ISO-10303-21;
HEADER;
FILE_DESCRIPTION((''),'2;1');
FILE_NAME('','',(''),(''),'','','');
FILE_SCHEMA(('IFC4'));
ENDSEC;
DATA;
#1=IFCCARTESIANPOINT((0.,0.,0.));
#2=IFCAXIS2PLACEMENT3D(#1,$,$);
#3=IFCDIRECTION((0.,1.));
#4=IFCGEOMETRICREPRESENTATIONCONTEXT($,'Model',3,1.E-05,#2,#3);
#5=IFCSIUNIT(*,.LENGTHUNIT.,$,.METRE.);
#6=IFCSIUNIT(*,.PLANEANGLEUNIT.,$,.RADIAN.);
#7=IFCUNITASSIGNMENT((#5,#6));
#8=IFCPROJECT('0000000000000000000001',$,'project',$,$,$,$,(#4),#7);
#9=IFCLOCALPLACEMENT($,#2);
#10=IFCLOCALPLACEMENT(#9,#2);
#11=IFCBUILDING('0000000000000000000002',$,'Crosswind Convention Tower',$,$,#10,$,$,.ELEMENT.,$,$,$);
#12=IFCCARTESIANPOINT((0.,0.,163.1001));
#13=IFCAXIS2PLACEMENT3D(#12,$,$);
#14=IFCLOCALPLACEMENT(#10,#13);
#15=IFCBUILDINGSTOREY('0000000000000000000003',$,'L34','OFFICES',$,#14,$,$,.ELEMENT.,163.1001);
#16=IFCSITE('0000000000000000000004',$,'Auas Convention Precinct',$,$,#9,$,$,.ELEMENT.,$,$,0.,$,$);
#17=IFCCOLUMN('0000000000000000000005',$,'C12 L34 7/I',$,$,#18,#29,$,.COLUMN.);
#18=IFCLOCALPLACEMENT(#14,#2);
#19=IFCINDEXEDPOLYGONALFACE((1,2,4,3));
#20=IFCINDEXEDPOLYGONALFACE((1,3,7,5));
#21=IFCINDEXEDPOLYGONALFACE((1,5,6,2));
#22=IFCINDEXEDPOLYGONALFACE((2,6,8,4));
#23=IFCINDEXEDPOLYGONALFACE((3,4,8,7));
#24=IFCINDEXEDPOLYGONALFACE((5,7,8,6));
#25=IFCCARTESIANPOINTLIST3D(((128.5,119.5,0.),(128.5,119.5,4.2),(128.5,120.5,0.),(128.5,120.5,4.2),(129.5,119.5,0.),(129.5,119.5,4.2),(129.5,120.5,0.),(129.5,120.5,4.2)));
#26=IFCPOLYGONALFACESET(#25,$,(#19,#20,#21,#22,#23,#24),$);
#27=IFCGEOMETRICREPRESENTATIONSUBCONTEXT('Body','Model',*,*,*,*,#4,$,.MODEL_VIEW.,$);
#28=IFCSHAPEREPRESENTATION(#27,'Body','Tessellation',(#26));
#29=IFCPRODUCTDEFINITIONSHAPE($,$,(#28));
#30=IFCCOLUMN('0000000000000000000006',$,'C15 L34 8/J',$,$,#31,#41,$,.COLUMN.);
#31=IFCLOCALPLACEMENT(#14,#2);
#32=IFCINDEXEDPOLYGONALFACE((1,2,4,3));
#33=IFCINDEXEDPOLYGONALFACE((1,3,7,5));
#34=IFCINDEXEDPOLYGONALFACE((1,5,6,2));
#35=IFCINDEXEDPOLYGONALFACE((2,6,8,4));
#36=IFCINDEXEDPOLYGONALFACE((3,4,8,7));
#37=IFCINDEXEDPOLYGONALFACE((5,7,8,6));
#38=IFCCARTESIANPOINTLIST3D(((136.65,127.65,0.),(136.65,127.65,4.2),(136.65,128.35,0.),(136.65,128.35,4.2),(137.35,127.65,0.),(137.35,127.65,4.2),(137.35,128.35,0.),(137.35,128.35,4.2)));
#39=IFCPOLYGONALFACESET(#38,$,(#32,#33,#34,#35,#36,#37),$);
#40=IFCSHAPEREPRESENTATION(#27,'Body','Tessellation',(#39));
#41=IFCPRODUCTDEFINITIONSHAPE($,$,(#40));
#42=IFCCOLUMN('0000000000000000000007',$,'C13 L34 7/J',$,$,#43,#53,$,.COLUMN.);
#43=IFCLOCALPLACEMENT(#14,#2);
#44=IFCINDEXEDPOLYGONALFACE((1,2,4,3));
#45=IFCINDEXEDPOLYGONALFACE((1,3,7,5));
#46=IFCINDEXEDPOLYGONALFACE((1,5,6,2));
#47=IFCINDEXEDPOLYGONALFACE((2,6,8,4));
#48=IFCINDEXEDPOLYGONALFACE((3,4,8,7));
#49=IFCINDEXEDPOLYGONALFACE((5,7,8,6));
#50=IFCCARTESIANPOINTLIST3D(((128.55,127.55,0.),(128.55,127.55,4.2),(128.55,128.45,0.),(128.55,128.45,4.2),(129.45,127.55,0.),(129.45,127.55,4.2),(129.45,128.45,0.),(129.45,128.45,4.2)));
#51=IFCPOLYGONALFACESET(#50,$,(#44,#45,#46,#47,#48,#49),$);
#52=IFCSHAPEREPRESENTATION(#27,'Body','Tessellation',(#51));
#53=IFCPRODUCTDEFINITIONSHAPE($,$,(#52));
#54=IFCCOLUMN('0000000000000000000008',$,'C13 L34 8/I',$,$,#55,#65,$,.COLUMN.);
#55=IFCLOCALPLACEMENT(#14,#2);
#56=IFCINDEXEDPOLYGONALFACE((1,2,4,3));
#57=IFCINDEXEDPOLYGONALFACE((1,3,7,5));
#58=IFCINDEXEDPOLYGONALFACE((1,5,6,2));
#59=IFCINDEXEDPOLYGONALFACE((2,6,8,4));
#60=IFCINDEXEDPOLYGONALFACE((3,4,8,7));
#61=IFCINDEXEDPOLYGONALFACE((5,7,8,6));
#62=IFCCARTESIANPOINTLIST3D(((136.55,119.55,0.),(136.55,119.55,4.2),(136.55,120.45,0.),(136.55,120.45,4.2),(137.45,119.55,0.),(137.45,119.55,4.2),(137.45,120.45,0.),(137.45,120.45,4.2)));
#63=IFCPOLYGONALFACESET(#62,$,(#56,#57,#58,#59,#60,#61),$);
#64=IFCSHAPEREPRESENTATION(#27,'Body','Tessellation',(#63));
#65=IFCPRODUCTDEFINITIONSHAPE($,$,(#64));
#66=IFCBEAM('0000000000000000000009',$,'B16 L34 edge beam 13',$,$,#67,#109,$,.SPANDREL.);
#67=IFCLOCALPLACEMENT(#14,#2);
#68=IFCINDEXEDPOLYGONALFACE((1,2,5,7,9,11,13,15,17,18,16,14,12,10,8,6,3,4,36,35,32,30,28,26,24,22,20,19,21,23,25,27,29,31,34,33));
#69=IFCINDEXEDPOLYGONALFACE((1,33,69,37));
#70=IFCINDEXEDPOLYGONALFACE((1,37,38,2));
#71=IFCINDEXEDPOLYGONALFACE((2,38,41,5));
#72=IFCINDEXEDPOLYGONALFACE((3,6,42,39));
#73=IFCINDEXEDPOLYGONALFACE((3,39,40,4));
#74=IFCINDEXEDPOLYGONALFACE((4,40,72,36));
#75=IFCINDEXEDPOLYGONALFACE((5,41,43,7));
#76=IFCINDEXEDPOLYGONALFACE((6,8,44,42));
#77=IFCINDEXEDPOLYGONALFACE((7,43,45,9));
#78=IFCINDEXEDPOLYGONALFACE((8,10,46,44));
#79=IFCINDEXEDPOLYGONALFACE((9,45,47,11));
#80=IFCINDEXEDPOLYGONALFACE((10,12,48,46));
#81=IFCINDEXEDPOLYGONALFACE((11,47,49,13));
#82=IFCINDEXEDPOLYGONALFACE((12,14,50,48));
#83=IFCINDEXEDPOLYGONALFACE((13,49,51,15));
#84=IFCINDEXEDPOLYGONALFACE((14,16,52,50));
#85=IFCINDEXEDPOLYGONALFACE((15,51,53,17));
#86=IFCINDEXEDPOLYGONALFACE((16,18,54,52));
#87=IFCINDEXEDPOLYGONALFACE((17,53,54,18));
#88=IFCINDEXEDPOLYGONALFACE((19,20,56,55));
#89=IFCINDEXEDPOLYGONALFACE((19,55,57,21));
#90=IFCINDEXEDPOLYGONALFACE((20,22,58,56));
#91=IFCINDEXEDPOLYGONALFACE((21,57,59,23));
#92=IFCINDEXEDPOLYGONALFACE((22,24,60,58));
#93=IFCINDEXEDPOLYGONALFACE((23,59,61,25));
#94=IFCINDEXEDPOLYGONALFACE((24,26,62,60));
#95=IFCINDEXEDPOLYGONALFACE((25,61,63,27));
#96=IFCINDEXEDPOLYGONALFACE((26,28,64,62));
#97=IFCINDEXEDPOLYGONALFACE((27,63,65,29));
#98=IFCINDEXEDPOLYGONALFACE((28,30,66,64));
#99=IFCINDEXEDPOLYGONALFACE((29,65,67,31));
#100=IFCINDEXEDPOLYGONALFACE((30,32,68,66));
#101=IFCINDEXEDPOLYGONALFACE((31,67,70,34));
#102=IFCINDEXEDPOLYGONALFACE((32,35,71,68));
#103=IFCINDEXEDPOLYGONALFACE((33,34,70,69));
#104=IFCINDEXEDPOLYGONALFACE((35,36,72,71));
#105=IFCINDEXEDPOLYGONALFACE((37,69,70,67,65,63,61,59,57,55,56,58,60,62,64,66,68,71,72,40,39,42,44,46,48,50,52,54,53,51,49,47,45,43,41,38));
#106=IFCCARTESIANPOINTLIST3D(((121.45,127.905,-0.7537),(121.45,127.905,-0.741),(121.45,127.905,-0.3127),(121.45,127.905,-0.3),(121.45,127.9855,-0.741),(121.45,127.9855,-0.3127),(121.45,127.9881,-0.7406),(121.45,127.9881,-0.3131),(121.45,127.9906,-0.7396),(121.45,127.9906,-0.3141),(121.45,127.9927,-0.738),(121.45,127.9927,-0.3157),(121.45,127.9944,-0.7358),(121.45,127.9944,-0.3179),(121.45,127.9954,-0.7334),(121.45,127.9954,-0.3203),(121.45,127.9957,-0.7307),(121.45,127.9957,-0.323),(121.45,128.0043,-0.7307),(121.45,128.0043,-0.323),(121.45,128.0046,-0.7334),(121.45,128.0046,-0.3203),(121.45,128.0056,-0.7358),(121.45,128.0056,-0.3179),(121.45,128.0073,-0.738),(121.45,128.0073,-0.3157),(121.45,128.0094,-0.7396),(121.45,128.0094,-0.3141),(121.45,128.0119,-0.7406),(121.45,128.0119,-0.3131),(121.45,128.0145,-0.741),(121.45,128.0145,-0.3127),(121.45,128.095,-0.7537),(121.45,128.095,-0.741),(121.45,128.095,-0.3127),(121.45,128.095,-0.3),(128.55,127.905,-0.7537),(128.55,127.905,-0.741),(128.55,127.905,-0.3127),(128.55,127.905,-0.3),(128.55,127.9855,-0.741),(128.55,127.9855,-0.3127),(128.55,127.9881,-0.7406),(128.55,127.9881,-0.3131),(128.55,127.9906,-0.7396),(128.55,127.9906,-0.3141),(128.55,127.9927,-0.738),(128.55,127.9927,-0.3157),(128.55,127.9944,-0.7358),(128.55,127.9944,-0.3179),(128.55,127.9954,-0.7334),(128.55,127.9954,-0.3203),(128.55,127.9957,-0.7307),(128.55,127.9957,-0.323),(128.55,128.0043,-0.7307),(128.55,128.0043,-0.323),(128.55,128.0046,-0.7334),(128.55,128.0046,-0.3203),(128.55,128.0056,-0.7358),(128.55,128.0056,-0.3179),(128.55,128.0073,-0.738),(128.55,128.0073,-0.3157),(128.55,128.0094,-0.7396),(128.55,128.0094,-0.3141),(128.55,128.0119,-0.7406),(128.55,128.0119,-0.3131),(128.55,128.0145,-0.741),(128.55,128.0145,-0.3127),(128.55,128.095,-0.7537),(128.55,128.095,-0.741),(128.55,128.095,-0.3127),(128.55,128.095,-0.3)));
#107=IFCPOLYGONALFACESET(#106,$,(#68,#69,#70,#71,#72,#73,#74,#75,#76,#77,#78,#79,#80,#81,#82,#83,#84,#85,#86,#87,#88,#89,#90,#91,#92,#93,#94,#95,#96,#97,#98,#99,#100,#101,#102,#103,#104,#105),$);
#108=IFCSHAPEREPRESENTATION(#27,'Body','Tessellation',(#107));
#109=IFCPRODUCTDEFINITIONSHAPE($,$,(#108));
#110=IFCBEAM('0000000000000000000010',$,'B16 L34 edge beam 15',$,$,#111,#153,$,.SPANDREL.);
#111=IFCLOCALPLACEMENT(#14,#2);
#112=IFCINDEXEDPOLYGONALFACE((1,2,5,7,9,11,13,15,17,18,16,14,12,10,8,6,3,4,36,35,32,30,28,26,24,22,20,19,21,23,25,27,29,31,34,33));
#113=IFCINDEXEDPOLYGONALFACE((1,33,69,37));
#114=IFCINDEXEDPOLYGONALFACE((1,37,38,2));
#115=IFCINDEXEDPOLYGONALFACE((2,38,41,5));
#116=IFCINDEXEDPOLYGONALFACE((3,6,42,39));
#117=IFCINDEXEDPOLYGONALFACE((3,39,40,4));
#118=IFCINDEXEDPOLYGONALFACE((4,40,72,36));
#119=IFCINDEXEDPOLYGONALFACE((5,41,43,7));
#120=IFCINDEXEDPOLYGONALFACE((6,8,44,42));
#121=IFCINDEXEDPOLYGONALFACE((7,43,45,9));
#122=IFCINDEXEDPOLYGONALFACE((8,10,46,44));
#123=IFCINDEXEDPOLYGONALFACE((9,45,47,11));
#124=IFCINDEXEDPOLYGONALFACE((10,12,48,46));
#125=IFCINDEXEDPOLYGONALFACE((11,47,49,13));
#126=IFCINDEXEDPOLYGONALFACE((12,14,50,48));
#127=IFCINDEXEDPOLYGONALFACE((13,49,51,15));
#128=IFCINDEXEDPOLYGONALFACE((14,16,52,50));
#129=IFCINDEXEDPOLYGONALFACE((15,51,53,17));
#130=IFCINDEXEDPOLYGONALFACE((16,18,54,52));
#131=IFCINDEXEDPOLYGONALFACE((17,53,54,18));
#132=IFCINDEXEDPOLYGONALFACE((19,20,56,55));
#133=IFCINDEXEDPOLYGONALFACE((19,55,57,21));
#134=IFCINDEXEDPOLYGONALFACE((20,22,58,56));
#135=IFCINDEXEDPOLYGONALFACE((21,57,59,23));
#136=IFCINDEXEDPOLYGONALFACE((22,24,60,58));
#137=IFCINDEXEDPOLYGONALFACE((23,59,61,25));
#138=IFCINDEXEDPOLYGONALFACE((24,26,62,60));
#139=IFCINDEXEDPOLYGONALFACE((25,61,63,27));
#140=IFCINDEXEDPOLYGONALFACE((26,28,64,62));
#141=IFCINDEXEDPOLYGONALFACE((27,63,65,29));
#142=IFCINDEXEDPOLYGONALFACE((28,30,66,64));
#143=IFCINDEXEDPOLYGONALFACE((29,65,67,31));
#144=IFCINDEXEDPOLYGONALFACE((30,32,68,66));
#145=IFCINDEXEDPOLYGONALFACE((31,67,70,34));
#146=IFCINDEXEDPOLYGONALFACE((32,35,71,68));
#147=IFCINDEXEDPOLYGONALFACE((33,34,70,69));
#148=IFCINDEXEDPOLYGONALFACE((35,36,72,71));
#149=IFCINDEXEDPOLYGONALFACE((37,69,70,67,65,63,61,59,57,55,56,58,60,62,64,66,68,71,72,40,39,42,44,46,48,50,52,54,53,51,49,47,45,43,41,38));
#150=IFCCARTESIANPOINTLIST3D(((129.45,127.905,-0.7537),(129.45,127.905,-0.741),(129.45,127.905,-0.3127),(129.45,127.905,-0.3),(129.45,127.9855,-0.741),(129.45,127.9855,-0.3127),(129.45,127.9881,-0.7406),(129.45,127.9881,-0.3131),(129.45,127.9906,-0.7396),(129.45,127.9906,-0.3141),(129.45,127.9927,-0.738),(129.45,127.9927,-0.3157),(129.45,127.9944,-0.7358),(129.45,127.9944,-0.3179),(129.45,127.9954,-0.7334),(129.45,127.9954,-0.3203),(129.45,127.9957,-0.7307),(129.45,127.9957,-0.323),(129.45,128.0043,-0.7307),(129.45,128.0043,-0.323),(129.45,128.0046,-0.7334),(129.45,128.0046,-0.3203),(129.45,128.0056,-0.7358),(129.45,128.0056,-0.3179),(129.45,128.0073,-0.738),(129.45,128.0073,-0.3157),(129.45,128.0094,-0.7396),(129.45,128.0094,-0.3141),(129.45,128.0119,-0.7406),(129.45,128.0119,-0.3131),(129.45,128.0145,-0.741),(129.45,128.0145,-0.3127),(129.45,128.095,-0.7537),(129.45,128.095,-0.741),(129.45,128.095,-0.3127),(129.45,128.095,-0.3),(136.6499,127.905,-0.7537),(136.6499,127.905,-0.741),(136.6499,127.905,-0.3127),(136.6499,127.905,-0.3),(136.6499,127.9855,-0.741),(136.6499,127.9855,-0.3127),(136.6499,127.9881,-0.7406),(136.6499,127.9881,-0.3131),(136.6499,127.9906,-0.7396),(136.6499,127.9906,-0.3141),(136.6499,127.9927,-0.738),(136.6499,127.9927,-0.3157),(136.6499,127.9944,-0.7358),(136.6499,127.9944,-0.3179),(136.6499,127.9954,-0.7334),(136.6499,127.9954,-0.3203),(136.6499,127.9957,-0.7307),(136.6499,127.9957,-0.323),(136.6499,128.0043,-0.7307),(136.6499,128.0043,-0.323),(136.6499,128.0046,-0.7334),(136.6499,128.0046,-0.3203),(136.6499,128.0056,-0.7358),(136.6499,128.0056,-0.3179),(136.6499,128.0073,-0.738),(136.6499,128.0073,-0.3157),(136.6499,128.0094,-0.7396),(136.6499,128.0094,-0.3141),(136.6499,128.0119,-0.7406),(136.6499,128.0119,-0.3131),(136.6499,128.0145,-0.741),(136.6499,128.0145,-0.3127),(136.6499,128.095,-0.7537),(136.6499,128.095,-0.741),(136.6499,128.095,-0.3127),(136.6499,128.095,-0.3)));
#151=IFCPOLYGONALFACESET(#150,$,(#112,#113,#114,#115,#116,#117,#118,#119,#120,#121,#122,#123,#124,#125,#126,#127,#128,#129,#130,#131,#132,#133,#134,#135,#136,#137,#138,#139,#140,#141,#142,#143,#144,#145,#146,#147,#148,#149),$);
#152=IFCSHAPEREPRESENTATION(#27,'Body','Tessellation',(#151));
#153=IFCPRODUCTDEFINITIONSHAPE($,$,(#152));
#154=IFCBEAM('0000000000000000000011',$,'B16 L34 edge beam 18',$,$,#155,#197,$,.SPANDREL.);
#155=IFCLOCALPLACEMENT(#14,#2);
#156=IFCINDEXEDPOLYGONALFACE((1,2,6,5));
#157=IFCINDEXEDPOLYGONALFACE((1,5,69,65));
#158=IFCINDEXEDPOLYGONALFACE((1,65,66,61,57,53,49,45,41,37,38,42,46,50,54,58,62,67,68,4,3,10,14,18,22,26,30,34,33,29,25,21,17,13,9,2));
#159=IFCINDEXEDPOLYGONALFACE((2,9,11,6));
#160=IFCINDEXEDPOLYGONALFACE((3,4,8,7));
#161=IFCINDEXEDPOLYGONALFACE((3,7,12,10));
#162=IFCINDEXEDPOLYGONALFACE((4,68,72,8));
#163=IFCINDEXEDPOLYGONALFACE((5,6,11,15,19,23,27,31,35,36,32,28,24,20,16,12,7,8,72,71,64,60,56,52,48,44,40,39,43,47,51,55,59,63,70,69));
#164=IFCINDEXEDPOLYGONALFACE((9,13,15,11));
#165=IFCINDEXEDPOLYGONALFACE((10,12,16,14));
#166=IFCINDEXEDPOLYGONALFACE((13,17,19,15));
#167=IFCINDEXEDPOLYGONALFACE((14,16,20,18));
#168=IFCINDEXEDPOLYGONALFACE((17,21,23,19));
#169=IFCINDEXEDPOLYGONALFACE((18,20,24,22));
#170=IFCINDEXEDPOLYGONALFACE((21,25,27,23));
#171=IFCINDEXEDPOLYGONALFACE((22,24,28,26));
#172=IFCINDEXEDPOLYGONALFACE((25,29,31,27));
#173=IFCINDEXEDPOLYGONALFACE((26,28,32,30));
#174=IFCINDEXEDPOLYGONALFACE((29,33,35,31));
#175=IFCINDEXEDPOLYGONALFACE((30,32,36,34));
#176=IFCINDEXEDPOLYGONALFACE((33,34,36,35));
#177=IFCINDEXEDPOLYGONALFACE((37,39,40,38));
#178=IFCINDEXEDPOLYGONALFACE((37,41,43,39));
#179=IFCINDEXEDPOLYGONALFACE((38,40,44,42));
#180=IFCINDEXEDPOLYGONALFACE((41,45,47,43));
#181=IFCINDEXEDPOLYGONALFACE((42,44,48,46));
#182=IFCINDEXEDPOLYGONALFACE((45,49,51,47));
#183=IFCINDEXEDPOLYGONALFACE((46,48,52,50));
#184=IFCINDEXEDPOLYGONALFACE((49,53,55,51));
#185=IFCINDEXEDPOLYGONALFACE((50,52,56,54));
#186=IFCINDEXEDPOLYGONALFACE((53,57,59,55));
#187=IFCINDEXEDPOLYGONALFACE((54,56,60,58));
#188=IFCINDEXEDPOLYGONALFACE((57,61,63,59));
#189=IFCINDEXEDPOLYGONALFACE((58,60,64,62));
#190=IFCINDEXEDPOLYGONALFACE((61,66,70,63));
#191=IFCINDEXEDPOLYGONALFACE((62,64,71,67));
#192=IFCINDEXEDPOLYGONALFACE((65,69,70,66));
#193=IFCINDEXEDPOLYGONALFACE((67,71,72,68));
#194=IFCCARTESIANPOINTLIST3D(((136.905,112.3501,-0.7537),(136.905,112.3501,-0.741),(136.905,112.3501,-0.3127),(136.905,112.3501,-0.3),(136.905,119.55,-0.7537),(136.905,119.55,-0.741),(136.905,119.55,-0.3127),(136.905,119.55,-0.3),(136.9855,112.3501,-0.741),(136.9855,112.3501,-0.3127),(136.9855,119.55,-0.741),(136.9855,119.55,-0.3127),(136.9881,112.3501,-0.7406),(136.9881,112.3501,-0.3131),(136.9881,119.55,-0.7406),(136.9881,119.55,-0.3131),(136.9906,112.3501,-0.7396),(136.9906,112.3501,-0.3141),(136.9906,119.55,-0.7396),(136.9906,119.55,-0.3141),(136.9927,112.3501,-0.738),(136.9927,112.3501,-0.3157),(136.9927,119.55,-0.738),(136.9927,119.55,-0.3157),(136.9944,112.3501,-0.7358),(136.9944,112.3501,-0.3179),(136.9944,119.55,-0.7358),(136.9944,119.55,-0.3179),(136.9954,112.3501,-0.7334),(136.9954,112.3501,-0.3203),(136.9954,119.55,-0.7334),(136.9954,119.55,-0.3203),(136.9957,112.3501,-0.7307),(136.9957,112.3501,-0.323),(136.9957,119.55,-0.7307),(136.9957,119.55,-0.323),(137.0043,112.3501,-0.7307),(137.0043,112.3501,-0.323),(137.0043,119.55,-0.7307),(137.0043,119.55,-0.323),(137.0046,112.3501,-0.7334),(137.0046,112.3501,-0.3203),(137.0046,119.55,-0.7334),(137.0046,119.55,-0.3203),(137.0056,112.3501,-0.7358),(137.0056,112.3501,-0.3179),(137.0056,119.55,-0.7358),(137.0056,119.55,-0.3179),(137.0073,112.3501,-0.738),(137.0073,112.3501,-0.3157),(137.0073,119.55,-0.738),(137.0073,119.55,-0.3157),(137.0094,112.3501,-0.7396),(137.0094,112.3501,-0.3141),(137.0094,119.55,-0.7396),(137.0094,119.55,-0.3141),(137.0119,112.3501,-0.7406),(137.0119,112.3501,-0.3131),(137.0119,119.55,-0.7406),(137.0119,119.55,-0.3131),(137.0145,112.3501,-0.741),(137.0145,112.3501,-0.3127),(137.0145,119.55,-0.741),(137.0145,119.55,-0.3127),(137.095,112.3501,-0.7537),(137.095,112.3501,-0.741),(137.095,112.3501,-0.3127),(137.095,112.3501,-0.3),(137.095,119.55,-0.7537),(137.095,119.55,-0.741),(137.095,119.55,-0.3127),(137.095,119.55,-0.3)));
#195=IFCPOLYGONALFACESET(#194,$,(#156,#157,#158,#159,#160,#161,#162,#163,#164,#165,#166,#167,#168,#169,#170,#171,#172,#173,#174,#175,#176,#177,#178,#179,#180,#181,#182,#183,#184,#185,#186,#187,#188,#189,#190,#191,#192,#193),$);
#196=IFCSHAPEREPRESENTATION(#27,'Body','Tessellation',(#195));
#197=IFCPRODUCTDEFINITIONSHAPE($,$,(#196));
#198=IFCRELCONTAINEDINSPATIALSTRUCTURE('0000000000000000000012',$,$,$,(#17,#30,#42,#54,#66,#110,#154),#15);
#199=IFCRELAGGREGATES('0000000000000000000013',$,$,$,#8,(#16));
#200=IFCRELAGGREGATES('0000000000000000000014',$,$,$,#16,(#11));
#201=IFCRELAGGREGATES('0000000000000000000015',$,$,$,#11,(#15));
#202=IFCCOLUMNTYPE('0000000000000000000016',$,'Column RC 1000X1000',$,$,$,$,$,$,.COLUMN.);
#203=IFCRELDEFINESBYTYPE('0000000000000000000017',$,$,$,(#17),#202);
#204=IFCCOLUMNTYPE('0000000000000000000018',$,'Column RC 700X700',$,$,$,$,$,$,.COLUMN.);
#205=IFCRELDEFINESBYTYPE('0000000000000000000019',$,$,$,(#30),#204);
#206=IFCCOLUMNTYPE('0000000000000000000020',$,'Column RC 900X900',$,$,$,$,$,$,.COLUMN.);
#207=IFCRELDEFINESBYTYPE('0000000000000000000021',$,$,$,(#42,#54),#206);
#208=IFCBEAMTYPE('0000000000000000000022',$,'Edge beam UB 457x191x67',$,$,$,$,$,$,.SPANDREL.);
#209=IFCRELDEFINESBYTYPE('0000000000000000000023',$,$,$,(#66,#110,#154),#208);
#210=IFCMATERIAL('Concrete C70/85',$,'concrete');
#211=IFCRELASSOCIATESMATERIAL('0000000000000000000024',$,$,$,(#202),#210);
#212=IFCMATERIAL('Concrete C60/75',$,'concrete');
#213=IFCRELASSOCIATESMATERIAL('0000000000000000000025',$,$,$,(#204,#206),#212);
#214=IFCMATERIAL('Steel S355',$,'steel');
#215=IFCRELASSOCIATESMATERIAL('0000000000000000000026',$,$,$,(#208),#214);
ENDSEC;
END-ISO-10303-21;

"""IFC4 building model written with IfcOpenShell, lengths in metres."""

from ifc_helpers import new_model, si_unit, direction, frame, origin, origin_2d, place, context, subcontext, project, spatial, rectangle, i_section, extrude, material, material_profile, profile_set, type_object, element, save


model = new_model("IFC4")

# Units and contexts
model_context = context("Model", 3, precision=1e-05, world=origin(), true_north=direction((0.0, 1.0)))
body_context = subcontext(model_context, "Body", "Model", "MODEL_VIEW")
ifc_project = project(units=[si_unit("LENGTHUNIT", "METRE"), si_unit("PLANEANGLEUNIT", "RADIAN")], contexts=[model_context])

# Site, building, storey
site_placement = place(None, origin())
site = spatial("IfcSite", under=ifc_project, at=site_placement, Name="Auas Convention Precinct", CompositionType="ELEMENT", RefElevation=0.0)
building_placement = place(site_placement, origin())
building = spatial("IfcBuilding", under=site, at=building_placement, Name="Crosswind Convention Tower", CompositionType="ELEMENT")
storey_placement = place(building_placement, frame((0.0, 0.0, 163.1001)))
storey = spatial("IfcBuildingStorey", under=building, at=storey_placement, Name="L34", Description="OFFICES", CompositionType="ELEMENT", Elevation=163.1001)

# Columns
ifc_material_1 = material(Name="Concrete C70/85", Category="concrete")
ifc_material_profile_1 = material_profile(ifc_material_1, rectangle(XDim=1.0, YDim=1.0, at=origin_2d()), Name="RC 1000X1000")
ifc_profile_set_1 = profile_set([ifc_material_profile_1], Name="Concrete C70/85")
column_type_1 = type_object("IfcColumnType", Name="Column RC 1000X1000", PredefinedType="COLUMN", material=ifc_profile_set_1)
column_1_placement = place(storey_placement, frame((129.0, 120.0, 0.0), z_axis=(0.0, 0.0, 1.0), x_axis=(1.0, 0.0, 0.0)))
element("IfcColumn", 1, at=column_1_placement, inside=storey, type_object=column_type_1, Name="C12 L34 7/I", PredefinedType="COLUMN", context=body_context, shape_type="SweptSolid", body=[
    extrude(rectangle(XDim=1.0, YDim=1.0, at=origin_2d()), origin(), (0.0, 0.0, 1.0), 4.2),
])
ifc_material_2 = material(Name="Concrete C60/75", Category="concrete")
ifc_material_profile_2 = material_profile(ifc_material_2, rectangle(XDim=0.7, YDim=0.7, at=origin_2d()), Name="RC 700X700")
ifc_profile_set_2 = profile_set([ifc_material_profile_2], Name="Concrete C60/75")
column_type_2 = type_object("IfcColumnType", Name="Column RC 700X700", PredefinedType="COLUMN", material=ifc_profile_set_2)
column_2_placement = place(storey_placement, frame((137.0, 128.0, 0.0), z_axis=(0.0, 0.0, 1.0), x_axis=(1.0, 0.0, 0.0)))
element("IfcColumn", 2, at=column_2_placement, inside=storey, type_object=column_type_2, Name="C15 L34 8/J", PredefinedType="COLUMN", context=body_context, shape_type="SweptSolid", body=[
    extrude(rectangle(XDim=0.7, YDim=0.7, at=origin_2d()), origin(), (0.0, 0.0, 1.0), 4.2),
])
ifc_material_profile_3 = material_profile(ifc_material_2, rectangle(XDim=0.8999, YDim=0.8999, at=origin_2d()), Name="RC 900X900")
ifc_profile_set_3 = profile_set([ifc_material_profile_3], Name="Concrete C60/75")
column_type_3 = type_object("IfcColumnType", Name="Column RC 900X900", PredefinedType="COLUMN", material=ifc_profile_set_3)
for number, where, z_axis, x_axis, name in (
    (3, (129.0, 128.0, 0.0), (0.0, 0.0, 1.0), (1.0, 0.0, 0.0), "C13 L34 7/J"),
    (4, (137.0, 120.0, 0.0), (0.0, 0.0, 1.0), (1.0, 0.0, 0.0), "C13 L34 8/I"),
):
    element("IfcColumn", number, at=place(storey_placement, frame(where, z_axis=z_axis, x_axis=x_axis)), inside=storey, type_object=column_type_3, Name=name, PredefinedType="COLUMN", context=body_context, shape_type="SweptSolid", body=[
        extrude(rectangle(XDim=0.8999, YDim=0.8999, at=origin_2d()), origin(), (0.0, 0.0, 1.0), 4.2),
    ])

# Beams
ifc_material_3 = material(Name="Steel S355", Category="steel")
ifc_material_profile_4 = material_profile(ifc_material_3, i_section(OverallWidth=0.1899, OverallDepth=0.4536, WebThickness=0.0085, FlangeThickness=0.0127, FilletRadius=0.0103, at=origin_2d()), Name="UB 457x191x67")
ifc_profile_set_4 = profile_set([ifc_material_profile_4], Name="Steel S355")
beam_type_1 = type_object("IfcBeamType", Name="Edge beam UB 457x191x67", PredefinedType="SPANDREL", material=ifc_profile_set_4)
beam_placement = place(storey_placement, frame((121.45, 128.0, -0.5269), z_axis=(1.0, 0.0, 0.0), x_axis=(0.0, 1.0, 0.0)))
element("IfcBeam", 5, at=beam_placement, inside=storey, type_object=beam_type_1, Name="B16 L34 edge beam 13", PredefinedType="SPANDREL", context=body_context, shape_type="SweptSolid", body=[
    extrude(i_section(OverallWidth=0.1899, OverallDepth=0.4536, WebThickness=0.0085, FlangeThickness=0.0127, FilletRadius=0.0103, at=origin_2d()), origin(), (0.0, 0.0, 1.0), 7.1001),
])
for number, where, z_axis, x_axis, name in (
    (6, (129.45, 128.0, -0.5269), (1.0, 0.0, 0.0), (0.0, 1.0, 0.0), "B16 L34 edge beam 15"),
    (7, (137.0, 112.3501, -0.5269), (0.0, 1.0, 0.0), (-1.0, 0.0, 0.0), "B16 L34 edge beam 18"),
):
    element("IfcBeam", number, at=place(storey_placement, frame(where, z_axis=z_axis, x_axis=x_axis)), inside=storey, type_object=beam_type_1, Name=name, PredefinedType="SPANDREL", context=body_context, shape_type="SweptSolid", body=[
        extrude(i_section(OverallWidth=0.1899, OverallDepth=0.4536, WebThickness=0.0085, FlangeThickness=0.0127, FilletRadius=0.0103, at=origin_2d()), origin(), (0.0, 0.0, 1.0), 7.2),
    ])

save(model, "model.ifc")
